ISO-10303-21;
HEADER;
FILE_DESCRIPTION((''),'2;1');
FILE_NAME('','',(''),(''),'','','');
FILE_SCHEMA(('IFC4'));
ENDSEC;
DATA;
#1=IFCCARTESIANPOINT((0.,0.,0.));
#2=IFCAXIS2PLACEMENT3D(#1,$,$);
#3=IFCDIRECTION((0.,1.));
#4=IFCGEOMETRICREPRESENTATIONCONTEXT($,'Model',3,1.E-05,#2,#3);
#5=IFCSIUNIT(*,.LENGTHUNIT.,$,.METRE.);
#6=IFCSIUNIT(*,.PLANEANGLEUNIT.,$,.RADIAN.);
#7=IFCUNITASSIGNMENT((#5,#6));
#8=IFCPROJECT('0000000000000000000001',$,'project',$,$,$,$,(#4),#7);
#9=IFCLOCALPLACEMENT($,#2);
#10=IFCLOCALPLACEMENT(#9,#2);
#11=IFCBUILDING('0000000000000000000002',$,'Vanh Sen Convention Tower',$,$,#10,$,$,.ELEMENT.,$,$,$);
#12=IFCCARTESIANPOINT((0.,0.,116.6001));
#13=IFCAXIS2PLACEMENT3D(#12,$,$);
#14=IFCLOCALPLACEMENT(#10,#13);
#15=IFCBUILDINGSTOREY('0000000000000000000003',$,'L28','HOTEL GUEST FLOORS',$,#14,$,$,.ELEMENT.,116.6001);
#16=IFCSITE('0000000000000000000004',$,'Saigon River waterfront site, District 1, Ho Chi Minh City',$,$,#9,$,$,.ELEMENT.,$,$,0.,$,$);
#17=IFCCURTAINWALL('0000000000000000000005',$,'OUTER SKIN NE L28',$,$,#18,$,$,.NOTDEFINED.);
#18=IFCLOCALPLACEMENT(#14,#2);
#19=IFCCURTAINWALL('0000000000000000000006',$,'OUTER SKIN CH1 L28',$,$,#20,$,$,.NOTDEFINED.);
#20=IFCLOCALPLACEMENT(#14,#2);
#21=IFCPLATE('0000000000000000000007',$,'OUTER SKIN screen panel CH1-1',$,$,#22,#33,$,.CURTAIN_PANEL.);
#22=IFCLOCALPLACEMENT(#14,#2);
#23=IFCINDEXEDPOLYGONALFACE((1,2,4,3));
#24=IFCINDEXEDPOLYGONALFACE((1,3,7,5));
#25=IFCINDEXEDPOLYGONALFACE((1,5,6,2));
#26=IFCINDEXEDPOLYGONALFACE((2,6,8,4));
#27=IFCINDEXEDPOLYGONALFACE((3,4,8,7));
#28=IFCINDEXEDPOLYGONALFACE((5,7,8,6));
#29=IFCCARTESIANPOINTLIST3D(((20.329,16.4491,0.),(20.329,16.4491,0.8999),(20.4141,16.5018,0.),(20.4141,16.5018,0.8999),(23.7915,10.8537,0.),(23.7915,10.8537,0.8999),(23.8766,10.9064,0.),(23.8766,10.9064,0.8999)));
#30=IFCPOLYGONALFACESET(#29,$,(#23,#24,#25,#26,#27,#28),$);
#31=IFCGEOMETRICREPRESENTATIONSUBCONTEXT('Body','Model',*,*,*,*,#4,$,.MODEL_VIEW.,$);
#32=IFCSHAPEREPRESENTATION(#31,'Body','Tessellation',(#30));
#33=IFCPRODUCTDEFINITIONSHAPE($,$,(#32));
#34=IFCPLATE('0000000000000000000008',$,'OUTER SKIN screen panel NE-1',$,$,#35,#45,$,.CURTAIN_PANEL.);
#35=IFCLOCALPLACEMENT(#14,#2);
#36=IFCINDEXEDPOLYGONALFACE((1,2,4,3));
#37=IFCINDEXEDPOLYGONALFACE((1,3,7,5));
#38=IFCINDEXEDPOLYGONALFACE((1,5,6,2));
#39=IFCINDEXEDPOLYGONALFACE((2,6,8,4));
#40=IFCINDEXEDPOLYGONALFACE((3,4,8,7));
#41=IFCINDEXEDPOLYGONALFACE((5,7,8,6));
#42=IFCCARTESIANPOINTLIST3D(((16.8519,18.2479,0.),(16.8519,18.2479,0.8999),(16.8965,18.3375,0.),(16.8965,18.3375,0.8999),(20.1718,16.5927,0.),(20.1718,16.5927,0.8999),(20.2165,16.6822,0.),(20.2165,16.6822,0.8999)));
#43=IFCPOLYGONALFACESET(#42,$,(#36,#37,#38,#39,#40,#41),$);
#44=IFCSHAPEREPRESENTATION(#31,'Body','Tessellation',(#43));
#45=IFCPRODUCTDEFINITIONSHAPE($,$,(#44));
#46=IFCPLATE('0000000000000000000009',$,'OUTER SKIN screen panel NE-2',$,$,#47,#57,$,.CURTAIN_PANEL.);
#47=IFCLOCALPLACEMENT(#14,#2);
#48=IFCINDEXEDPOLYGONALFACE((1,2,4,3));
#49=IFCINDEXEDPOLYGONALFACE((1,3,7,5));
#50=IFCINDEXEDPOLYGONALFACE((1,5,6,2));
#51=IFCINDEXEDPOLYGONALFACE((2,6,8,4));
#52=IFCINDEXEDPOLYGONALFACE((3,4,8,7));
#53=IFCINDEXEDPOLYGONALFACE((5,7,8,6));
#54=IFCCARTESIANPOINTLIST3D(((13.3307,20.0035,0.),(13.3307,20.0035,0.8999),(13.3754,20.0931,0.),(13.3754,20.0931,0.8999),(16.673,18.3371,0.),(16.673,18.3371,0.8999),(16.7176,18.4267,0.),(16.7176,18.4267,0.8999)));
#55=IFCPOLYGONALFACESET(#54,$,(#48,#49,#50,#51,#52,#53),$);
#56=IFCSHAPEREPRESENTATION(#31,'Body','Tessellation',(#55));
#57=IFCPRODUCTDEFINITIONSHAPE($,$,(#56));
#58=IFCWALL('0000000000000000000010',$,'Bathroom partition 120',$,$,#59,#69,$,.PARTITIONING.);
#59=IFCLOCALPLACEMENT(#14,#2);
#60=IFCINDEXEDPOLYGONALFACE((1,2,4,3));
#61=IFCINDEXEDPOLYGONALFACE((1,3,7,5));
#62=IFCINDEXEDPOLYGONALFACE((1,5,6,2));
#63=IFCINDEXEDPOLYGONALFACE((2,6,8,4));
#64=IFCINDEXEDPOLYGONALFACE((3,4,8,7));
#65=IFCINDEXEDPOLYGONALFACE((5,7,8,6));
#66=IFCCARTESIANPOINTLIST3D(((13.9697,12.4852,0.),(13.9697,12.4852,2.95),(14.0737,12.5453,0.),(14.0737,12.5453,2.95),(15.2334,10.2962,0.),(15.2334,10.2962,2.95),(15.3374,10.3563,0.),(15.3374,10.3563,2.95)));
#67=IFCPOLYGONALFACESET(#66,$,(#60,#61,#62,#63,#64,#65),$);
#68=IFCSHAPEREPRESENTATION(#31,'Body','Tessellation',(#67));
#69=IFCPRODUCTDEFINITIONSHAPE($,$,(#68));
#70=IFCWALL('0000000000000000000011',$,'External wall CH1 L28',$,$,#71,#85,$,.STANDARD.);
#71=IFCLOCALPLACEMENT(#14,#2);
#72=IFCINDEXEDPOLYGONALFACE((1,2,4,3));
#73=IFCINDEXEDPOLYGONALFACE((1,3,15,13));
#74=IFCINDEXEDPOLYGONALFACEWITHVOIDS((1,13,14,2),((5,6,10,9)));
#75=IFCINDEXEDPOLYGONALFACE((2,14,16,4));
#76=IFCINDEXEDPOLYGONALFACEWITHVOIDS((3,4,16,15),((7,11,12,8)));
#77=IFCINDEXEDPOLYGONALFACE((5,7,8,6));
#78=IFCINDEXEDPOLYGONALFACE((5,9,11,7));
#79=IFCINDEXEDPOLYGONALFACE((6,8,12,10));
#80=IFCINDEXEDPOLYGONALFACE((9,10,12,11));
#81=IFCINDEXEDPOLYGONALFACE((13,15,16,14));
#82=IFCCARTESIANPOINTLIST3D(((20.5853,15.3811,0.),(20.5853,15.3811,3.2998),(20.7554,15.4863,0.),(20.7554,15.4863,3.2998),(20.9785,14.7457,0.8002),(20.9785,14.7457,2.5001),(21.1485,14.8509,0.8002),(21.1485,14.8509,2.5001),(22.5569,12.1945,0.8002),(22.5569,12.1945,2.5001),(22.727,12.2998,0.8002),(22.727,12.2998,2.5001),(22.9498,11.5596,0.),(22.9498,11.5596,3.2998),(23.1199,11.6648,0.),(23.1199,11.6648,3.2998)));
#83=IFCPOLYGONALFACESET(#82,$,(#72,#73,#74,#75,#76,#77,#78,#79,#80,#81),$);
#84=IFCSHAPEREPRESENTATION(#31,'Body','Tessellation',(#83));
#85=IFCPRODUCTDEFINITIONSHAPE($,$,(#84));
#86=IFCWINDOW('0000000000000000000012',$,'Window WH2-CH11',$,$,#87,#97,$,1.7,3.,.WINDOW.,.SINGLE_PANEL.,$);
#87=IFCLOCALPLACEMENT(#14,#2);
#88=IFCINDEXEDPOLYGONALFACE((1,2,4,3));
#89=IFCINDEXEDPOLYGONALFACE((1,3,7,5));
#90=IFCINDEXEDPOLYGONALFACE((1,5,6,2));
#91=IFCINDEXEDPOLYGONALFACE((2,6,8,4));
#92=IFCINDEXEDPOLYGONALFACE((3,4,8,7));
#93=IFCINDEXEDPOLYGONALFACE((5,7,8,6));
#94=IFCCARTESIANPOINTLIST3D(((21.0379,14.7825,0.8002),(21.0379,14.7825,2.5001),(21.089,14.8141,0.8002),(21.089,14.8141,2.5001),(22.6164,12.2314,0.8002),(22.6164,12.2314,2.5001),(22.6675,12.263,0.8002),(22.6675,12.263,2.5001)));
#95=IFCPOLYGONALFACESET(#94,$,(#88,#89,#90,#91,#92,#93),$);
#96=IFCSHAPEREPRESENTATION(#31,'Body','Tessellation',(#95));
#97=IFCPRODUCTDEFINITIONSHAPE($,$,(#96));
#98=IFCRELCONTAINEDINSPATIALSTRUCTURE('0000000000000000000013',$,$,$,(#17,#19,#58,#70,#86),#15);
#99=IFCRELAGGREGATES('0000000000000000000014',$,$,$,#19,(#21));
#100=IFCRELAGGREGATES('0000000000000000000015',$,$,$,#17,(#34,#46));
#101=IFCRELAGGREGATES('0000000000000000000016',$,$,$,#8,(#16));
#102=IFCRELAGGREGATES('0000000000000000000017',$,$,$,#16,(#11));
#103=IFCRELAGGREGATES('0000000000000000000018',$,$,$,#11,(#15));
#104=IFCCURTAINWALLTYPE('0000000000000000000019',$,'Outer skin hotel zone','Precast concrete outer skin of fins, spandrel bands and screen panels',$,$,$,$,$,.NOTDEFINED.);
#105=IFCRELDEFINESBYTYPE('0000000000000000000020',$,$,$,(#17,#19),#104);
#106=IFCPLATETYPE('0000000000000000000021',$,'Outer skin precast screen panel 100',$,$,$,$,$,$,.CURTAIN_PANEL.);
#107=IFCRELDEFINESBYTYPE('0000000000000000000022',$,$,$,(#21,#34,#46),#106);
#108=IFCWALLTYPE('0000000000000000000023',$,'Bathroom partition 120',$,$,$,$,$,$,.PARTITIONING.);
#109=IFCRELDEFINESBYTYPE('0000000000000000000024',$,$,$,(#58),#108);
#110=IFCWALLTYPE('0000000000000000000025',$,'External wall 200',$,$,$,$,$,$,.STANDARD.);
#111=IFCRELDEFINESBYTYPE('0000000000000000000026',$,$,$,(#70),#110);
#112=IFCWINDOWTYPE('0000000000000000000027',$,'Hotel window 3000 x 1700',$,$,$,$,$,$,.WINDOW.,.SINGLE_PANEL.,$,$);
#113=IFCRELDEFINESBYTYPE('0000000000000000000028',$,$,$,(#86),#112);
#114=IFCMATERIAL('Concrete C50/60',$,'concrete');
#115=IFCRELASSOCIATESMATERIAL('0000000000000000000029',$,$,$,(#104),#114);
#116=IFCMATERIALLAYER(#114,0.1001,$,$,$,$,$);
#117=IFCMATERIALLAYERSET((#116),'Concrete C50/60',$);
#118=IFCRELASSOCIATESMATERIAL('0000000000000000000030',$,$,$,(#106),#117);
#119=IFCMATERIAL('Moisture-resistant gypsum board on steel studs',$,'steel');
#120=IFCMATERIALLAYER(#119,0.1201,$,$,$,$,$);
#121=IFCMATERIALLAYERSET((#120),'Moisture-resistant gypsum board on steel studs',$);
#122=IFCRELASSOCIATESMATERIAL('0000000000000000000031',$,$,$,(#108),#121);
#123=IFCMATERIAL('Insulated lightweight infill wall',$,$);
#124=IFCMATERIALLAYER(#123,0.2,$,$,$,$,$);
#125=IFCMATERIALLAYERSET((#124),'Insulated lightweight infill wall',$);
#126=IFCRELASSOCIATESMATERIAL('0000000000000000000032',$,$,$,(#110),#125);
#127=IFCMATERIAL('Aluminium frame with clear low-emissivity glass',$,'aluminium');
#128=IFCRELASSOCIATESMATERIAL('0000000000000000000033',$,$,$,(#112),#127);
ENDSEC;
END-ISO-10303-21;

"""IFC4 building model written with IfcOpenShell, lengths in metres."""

from ifc_helpers import new_model, si_unit, direction, frame, frame_2d, origin, origin_2d, place, context, subcontext, project, spatial, rectangle, extrude, material, layer, layer_set, type_object, element, fill, aggregate, save


model = new_model("IFC4")

# Units and contexts
model_context = context("Model", 3, precision=1e-05, world=origin(), true_north=direction((0.0, 1.0)))
body_context = subcontext(model_context, "Body", "Model", "MODEL_VIEW")
ifc_project = project(units=[si_unit("LENGTHUNIT", "METRE"), si_unit("PLANEANGLEUNIT", "RADIAN")], contexts=[model_context])

# Site, building, storey
site_placement = place(None, origin())
site = spatial("IfcSite", under=ifc_project, at=site_placement, Name="Saigon River waterfront site, District 1, Ho Chi Minh City", CompositionType="ELEMENT", RefElevation=0.0)
building_placement = place(site_placement, origin())
building = spatial("IfcBuilding", under=site, at=building_placement, Name="Vanh Sen Convention Tower", CompositionType="ELEMENT")
storey_placement = place(building_placement, frame((0.0, 0.0, 116.6001)))
storey = spatial("IfcBuildingStorey", under=building, at=storey_placement, Name="L28", Description="HOTEL GUEST FLOORS", CompositionType="ELEMENT", Elevation=116.6001)

# Curtain wall
ifc_material_1 = material(Name="Concrete C50/60", Category="concrete")
curtain_wall_type = type_object("IfcCurtainWallType", Name="Outer skin hotel zone", Description="Precast concrete outer skin of fins, spandrel bands and screen panels", PredefinedType="NOTDEFINED", material=ifc_material_1)
curtain_wall_1_placement = place(storey_placement, origin())
curtain_wall_1 = element("IfcCurtainWall", 1, at=curtain_wall_1_placement, inside=storey, type_object=curtain_wall_type, Name="OUTER SKIN NE L28", PredefinedType="NOTDEFINED")

# Curtain wall
curtain_wall_2_placement = place(storey_placement, origin())
curtain_wall_2 = element("IfcCurtainWall", 2, at=curtain_wall_2_placement, inside=storey, type_object=curtain_wall_type, Name="OUTER SKIN CH1 L28", PredefinedType="NOTDEFINED")

# Plates
ifc_layer_1 = layer(ifc_material_1, 0.1001)
ifc_layer_set_1 = layer_set([ifc_layer_1], Name="Concrete C50/60")
plate_type = type_object("IfcPlateType", Name="Outer skin precast screen panel 100", PredefinedType="CURTAIN_PANEL", material=ifc_layer_set_1)
plate_1_placement = place(storey_placement, frame((22.1028, 13.6777, 0.0), z_axis=(0.0, 0.0, 1.0), x_axis=(-0.526212, 0.850353, 0.0)))
plate_1 = element("IfcPlate", 3, at=plate_1_placement, type_object=plate_type, Name="OUTER SKIN screen panel CH1-1", PredefinedType="CURTAIN_PANEL", context=body_context, shape_type="SweptSolid", body=[
    extrude(rectangle(XDim=6.5801, YDim=0.1001, at=origin_2d()), origin(), (0.0, 0.0, 1.0), 0.8999),
])
aggregate(curtain_wall_2, [plate_1])
plate_2_placement = place(storey_placement, frame((18.5342, 17.4651, 0.0), z_axis=(0.0, 0.0, 1.0), x_axis=(-0.894935, 0.446196, 0.0)))
plate_2 = element("IfcPlate", 4, at=plate_2_placement, type_object=plate_type, Name="OUTER SKIN screen panel NE-1", PredefinedType="CURTAIN_PANEL", context=body_context, shape_type="SweptSolid", body=[
    extrude(rectangle(XDim=3.7097, YDim=0.1001, at=origin_2d()), origin(), (0.0, 0.0, 1.0), 0.8999),
])
plate_3_placement = place(storey_placement, frame((15.0242, 19.2151, 0.0), z_axis=(0.0, 0.0, 1.0), x_axis=(-0.894935, 0.446196, 0.0)))
plate_3 = element("IfcPlate", 5, at=plate_3_placement, type_object=plate_type, Name="OUTER SKIN screen panel NE-2", PredefinedType="CURTAIN_PANEL", context=body_context, shape_type="SweptSolid", body=[
    extrude(rectangle(XDim=3.7346, YDim=0.1001, at=origin_2d()), origin(), (0.0, 0.0, 1.0), 0.8999),
])
aggregate(curtain_wall_1, [plate_2, plate_3])

# Wall
ifc_material_2 = material(Name="Moisture-resistant gypsum board on steel studs", Category="steel")
ifc_layer_2 = layer(ifc_material_2, 0.1201)
ifc_layer_set_2 = layer_set([ifc_layer_2], Name="Moisture-resistant gypsum board on steel studs")
wall_type_1 = type_object("IfcWallType", Name="Bathroom partition 120", PredefinedType="PARTITIONING", material=ifc_layer_set_2)
wall_1_placement = place(storey_placement, frame((14.0217, 12.5151, 0.0), z_axis=(0.0, 0.0, 1.0), x_axis=(0.499962, -0.866047, 0.0)))
element("IfcWall", 6, at=wall_1_placement, inside=storey, type_object=wall_type_1, Name="Bathroom partition 120", PredefinedType="PARTITIONING", context=body_context, shape_type="SweptSolid", body=[
    extrude(rectangle(XDim=2.5276, YDim=0.1201, at=frame_2d((1.2637, 0.0))), origin(), (0.0, 0.0, 1.0), 2.95),
])

# Wall, opening, window
ifc_material_3 = material(Name="Insulated lightweight infill wall")
ifc_layer_3 = layer(ifc_material_3, 0.2)
ifc_layer_set_3 = layer_set([ifc_layer_3], Name="Insulated lightweight infill wall")
wall_type_2 = type_object("IfcWallType", Name="External wall 200", PredefinedType="STANDARD", material=ifc_layer_set_3)
wall_2_placement = place(storey_placement, frame((23.0349, 11.6121, 0.0), z_axis=(0.0, 0.0, 1.0), x_axis=(-0.52616, 0.850386, 0.0)))
wall_2 = element("IfcWall", 7, at=wall_2_placement, inside=storey, type_object=wall_type_2, Name="External wall CH1 L28", PredefinedType="STANDARD", context=body_context, shape_type="SweptSolid", body=[
    extrude(rectangle(XDim=4.4939, YDim=0.2, at=frame_2d((2.2471, 0.0))), origin(), (0.0, 0.0, 1.0), 3.2998),
])
opening_1_placement = place(wall_2_placement, frame((0.7468, 0.0, 0.8)))
opening_1 = element("IfcOpeningElement", 8, at=opening_1_placement, cuts=wall_2, PredefinedType="OPENING", context=body_context, shape_type="SweptSolid", body=[
    extrude(rectangle(XDim=3.0, YDim=1.7, at=frame_2d((1.5, 0.8501))), frame((0.0, 0.1099, 0.0), z_axis=(0.0, -1.0, 0.0), x_axis=(1.0, 0.0, 0.0)), (0.0, 0.0, 1.0), 0.22),
])
ifc_material_4 = material(Name="Aluminium frame with clear low-emissivity glass", Category="aluminium")
window_type_1 = type_object("IfcWindowType", Name="Hotel window 3000 x 1700", PartitioningType="SINGLE_PANEL", PredefinedType="WINDOW", material=ifc_material_4)
window_1_placement = place(opening_1_placement, origin())
window_1 = element("IfcWindow", 9, at=window_1_placement, inside=storey, type_object=window_type_1, Name="Window WH2-CH11", OverallHeight=1.7, OverallWidth=3.0, PartitioningType="SINGLE_PANEL", PredefinedType="WINDOW", context=body_context, shape_type="SweptSolid", body=[
    extrude(rectangle(XDim=3.0, YDim=1.7, at=frame_2d((1.5, 0.8501))), frame((0.0, 0.03, 0.0), z_axis=(0.0, -1.0, 0.0), x_axis=(1.0, 0.0, 0.0)), (0.0, 0.0, 1.0), 0.0601),
])
fill(opening_1, window_1)

save(model, "model.ifc")
